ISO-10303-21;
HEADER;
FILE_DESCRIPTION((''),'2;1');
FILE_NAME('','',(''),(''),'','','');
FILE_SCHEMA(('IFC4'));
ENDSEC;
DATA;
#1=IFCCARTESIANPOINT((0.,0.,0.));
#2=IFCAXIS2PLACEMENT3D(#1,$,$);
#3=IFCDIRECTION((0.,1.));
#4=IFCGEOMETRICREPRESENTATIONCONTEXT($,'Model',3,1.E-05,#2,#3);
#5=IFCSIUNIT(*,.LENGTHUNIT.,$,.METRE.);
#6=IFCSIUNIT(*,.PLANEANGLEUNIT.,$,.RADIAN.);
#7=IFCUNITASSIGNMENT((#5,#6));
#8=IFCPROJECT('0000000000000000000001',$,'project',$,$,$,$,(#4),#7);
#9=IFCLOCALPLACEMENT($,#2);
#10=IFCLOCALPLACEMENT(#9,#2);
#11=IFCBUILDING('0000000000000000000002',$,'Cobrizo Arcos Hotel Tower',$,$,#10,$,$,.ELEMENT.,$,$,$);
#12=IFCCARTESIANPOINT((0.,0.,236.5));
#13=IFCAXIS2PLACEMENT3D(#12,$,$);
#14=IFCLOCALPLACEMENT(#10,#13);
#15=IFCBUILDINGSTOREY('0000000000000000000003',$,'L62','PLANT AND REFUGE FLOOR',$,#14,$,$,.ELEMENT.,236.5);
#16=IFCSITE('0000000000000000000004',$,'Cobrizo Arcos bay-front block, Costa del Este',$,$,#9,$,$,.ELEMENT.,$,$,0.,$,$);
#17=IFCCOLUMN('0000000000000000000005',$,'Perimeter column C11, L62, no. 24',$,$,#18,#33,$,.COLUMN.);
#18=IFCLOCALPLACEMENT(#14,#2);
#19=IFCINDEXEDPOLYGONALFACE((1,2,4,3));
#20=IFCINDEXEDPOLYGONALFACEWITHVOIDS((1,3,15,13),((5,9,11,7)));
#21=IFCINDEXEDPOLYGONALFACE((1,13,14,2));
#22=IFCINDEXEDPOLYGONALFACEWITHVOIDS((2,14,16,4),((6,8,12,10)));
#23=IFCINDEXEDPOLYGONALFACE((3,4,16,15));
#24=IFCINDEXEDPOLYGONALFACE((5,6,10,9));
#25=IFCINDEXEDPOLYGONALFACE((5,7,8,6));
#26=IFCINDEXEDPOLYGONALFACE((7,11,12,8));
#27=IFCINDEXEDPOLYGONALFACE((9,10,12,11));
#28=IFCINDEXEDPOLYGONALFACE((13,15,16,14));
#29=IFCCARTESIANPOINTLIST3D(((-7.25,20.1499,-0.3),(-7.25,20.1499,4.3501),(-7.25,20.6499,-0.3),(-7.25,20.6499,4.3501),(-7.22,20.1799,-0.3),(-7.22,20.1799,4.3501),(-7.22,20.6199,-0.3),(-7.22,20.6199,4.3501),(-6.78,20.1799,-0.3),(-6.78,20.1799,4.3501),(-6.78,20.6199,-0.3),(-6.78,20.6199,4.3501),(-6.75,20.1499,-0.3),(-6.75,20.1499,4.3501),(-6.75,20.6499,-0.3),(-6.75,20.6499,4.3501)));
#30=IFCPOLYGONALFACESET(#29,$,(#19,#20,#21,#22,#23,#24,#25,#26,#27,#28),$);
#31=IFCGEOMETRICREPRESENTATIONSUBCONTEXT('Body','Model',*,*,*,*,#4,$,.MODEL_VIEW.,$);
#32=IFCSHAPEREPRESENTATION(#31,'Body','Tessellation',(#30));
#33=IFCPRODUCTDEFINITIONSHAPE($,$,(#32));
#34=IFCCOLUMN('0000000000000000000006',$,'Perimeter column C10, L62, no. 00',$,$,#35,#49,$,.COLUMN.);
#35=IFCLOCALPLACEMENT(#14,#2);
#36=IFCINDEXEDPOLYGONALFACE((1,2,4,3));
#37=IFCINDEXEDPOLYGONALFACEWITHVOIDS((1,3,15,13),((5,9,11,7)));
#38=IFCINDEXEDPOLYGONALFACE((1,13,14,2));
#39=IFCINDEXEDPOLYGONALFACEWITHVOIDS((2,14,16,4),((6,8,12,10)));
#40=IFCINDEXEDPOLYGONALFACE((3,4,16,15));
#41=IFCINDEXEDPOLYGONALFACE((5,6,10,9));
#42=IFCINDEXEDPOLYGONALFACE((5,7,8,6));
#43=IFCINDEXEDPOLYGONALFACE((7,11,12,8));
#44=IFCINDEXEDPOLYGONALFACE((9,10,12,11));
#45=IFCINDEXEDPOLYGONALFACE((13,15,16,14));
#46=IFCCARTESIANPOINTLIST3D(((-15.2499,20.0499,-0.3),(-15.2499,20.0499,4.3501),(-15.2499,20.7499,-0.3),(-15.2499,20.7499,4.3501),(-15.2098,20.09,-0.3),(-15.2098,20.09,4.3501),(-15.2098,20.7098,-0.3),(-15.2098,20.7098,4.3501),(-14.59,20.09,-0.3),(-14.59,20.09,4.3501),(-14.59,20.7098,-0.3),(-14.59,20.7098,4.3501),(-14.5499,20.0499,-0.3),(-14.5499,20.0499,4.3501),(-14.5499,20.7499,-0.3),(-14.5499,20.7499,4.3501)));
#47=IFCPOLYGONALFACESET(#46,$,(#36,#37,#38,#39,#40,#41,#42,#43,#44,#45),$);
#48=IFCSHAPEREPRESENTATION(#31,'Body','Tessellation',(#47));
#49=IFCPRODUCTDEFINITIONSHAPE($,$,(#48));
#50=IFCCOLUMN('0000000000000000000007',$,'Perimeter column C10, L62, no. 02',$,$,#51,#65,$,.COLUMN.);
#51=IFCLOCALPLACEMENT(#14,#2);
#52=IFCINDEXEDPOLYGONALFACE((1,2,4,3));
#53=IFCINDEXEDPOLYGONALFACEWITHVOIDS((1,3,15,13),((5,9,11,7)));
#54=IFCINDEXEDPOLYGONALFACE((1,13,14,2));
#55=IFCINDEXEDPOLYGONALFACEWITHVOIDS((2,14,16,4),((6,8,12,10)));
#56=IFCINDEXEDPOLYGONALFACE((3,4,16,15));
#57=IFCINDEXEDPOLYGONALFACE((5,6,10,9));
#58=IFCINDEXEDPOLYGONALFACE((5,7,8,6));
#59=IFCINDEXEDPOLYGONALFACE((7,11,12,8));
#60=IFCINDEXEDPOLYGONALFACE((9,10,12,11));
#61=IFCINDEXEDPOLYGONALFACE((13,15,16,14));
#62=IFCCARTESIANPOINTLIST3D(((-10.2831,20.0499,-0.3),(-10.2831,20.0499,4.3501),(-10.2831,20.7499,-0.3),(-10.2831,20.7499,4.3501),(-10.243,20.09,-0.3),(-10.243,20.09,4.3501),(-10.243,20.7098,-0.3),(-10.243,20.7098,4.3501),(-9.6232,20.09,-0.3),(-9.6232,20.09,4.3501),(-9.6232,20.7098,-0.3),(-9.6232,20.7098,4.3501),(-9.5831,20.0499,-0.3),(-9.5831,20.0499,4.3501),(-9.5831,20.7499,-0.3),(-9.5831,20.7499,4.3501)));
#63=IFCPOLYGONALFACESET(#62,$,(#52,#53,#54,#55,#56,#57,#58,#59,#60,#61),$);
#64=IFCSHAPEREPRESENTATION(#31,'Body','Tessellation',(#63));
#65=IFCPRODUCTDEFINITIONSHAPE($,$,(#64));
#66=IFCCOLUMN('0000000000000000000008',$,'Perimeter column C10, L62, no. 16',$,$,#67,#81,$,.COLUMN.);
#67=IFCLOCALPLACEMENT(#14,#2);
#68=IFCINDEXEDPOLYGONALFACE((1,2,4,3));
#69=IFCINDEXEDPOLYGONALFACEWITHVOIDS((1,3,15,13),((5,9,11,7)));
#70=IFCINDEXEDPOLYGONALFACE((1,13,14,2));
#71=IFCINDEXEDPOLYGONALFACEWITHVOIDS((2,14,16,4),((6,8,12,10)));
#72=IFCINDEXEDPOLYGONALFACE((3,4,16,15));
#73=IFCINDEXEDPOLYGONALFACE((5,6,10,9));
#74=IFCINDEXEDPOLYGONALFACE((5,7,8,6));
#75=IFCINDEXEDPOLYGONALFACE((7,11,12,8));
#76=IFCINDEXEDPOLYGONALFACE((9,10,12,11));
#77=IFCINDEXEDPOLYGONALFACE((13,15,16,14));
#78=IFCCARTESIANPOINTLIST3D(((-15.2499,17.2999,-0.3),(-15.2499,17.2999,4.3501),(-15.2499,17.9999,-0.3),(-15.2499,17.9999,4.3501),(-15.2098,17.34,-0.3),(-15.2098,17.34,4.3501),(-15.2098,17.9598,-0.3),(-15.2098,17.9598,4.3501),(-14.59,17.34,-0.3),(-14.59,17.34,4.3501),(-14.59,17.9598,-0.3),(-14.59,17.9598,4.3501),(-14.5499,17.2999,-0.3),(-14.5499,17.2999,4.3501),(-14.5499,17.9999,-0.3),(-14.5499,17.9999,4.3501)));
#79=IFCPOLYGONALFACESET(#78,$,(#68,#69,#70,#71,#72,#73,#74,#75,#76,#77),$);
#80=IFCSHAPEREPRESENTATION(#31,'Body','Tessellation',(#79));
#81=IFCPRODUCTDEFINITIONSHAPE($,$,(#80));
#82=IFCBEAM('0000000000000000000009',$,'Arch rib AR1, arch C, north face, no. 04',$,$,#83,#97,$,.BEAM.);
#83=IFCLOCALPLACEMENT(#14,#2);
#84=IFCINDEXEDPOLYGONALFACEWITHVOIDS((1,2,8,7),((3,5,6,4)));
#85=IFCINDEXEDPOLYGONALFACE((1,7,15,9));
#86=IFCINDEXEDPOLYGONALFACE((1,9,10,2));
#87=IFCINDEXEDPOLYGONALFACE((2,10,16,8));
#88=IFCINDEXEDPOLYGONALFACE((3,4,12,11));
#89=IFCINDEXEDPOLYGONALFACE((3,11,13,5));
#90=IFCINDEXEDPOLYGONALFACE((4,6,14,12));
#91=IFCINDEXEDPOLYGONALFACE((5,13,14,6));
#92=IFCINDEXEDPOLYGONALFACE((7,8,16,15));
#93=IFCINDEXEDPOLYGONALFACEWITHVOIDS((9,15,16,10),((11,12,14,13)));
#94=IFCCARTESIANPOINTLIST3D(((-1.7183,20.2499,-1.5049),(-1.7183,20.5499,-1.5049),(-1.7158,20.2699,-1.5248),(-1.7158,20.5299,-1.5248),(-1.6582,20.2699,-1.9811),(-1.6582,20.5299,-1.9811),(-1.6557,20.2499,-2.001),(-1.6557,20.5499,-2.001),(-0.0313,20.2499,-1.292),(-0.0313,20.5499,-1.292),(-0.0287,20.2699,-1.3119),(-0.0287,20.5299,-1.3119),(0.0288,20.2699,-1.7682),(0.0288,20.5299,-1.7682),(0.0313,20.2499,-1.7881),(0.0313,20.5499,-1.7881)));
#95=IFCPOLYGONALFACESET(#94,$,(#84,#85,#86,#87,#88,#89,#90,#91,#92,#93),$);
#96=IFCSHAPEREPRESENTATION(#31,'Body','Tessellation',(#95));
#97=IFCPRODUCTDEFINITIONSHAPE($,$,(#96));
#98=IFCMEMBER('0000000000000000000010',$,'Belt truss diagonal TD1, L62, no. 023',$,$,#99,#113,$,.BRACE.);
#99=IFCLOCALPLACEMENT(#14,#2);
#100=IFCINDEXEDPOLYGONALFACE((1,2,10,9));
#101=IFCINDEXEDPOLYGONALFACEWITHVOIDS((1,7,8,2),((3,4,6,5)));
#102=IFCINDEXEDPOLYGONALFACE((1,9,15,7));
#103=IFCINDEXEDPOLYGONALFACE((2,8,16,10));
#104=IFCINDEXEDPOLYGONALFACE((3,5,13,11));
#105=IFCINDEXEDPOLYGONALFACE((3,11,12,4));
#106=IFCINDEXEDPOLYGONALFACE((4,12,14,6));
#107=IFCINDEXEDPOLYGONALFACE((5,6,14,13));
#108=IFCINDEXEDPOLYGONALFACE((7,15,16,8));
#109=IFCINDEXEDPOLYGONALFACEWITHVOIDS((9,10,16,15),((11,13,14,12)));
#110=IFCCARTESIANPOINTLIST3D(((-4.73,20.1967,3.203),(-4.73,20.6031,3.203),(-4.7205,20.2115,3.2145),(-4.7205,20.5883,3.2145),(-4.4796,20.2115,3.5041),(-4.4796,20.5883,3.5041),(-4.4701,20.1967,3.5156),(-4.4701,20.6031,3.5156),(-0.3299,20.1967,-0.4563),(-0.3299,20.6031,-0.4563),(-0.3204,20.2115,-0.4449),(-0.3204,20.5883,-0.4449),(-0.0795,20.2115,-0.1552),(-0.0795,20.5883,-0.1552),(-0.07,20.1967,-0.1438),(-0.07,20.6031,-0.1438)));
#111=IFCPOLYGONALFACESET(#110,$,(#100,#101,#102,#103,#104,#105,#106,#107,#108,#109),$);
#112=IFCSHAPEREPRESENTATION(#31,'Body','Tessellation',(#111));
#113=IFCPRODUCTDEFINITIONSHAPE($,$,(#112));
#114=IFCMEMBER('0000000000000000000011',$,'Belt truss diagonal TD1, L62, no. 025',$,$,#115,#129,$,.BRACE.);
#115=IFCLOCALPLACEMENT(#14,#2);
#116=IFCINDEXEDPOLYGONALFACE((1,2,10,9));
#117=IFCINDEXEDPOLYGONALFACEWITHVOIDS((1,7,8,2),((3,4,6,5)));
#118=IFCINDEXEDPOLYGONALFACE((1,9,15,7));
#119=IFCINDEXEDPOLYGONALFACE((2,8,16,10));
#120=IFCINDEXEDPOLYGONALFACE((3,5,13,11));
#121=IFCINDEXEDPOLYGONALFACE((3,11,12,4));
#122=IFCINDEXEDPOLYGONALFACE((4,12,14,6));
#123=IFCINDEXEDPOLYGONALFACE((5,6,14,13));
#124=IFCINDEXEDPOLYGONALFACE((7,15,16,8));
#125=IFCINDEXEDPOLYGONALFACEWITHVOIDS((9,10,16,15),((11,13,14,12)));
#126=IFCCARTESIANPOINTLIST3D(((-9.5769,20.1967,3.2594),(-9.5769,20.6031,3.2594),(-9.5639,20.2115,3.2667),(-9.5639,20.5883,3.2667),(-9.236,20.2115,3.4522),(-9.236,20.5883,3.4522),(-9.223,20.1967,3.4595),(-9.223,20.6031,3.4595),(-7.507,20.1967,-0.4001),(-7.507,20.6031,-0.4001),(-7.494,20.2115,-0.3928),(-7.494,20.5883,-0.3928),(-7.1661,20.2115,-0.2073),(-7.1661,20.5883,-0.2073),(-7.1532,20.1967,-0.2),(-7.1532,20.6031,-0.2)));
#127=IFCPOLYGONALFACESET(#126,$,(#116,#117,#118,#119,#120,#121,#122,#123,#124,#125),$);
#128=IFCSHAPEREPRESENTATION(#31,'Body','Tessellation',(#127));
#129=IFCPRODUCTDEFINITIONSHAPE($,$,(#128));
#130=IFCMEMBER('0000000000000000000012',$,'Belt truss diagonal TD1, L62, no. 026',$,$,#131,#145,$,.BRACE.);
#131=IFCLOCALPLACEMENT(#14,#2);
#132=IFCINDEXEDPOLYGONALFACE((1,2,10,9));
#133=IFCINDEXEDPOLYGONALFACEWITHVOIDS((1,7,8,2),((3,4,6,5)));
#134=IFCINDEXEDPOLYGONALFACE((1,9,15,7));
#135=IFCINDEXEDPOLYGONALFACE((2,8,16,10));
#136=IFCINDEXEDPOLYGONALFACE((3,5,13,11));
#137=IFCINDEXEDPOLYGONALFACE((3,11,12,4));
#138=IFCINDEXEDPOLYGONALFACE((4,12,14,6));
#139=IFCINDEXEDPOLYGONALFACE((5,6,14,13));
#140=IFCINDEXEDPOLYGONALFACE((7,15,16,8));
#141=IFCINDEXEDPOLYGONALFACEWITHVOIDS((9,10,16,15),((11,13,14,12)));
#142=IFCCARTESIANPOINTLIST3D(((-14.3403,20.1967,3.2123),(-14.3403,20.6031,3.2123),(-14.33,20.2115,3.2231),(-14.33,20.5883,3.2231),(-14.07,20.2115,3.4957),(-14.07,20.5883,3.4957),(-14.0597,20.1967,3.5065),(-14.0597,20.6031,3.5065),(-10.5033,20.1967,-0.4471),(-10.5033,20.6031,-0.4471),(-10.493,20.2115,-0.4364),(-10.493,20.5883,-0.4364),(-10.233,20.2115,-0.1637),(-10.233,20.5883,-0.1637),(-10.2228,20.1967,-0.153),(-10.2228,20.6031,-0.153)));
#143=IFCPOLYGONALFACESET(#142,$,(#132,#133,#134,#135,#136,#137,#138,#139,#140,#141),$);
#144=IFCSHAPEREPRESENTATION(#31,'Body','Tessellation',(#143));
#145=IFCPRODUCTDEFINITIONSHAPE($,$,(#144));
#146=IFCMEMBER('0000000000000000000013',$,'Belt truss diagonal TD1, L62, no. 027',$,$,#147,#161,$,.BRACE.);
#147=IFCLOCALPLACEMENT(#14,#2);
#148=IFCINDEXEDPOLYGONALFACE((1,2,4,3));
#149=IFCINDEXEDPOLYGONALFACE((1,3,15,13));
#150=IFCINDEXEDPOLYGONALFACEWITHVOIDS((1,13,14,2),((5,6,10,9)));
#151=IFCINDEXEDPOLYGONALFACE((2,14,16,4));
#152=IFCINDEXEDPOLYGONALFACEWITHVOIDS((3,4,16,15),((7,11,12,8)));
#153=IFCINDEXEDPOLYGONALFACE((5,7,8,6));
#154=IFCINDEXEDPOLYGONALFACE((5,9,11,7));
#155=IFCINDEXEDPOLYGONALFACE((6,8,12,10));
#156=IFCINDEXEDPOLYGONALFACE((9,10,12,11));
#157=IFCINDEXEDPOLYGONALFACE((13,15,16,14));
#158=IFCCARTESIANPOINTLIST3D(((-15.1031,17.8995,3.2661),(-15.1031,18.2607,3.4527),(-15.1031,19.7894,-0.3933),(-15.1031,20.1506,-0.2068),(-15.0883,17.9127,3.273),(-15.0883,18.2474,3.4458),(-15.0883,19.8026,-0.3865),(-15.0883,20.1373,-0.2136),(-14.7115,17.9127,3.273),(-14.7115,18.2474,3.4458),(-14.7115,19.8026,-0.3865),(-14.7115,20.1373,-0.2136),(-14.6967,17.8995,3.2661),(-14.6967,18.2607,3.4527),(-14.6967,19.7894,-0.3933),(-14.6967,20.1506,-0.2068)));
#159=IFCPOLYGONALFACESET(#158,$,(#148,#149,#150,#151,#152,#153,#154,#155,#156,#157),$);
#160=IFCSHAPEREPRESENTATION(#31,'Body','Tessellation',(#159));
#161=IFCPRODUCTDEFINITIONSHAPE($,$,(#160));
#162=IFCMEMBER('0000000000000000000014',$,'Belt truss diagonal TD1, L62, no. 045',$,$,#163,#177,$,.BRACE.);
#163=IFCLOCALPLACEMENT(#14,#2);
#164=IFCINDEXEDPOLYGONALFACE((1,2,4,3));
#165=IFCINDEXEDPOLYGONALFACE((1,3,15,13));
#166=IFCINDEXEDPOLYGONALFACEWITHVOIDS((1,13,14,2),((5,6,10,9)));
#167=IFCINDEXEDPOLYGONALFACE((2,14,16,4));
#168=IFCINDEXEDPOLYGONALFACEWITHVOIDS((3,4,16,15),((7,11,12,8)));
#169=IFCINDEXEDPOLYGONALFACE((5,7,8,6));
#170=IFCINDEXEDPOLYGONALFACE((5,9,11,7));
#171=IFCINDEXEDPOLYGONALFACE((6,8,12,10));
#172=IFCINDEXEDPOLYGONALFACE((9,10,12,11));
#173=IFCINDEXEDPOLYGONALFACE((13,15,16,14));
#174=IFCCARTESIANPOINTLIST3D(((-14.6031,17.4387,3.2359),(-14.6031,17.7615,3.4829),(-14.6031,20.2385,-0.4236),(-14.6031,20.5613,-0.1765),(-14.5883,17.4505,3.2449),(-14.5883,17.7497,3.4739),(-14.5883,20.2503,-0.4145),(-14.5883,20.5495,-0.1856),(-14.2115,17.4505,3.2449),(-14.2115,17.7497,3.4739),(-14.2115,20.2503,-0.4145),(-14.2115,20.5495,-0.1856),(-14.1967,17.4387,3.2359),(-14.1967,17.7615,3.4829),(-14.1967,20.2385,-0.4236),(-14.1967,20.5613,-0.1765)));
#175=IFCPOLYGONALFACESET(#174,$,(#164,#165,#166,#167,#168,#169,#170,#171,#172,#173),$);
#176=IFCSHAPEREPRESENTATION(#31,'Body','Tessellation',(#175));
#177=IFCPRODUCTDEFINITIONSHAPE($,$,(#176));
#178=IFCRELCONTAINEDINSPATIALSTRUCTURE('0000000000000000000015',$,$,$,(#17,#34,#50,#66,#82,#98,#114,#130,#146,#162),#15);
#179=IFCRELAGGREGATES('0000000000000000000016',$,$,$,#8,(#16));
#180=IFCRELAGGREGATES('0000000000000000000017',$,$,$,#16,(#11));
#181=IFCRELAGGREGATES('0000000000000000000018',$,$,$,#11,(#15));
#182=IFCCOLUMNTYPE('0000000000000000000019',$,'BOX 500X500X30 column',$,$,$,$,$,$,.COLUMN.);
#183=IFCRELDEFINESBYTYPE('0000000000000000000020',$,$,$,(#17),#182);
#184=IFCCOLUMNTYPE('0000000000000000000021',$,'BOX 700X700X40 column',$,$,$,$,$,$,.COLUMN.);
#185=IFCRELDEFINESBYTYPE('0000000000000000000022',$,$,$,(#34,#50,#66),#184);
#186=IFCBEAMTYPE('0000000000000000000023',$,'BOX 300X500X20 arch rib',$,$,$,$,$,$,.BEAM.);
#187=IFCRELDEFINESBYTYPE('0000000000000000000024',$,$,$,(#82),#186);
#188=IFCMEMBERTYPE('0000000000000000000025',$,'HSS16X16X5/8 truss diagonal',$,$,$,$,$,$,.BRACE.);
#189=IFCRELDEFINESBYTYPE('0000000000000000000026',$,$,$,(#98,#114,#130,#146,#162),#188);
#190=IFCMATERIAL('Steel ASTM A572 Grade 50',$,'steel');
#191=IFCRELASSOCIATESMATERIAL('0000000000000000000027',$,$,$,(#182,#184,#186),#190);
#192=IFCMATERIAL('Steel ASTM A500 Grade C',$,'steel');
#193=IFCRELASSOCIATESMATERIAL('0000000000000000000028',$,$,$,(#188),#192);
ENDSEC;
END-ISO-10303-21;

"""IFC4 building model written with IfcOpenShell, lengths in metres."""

from ifc_helpers import new_model, si_unit, direction, frame, origin, origin_2d, place, context, subcontext, project, spatial, hollow_rectangle, extrude, material, material_profile, profile_set, type_object, element, save


model = new_model("IFC4")

# Units and contexts
model_context = context("Model", 3, precision=1e-05, world=origin(), true_north=direction((0.0, 1.0)))
body_context = subcontext(model_context, "Body", "Model", "MODEL_VIEW")
ifc_project = project(units=[si_unit("LENGTHUNIT", "METRE"), si_unit("PLANEANGLEUNIT", "RADIAN")], contexts=[model_context])

# Site, building, storey
site_placement = place(None, origin())
site = spatial("IfcSite", under=ifc_project, at=site_placement, Name="Cobrizo Arcos bay-front block, Costa del Este", CompositionType="ELEMENT", RefElevation=0.0)
building_placement = place(site_placement, origin())
building = spatial("IfcBuilding", under=site, at=building_placement, Name="Cobrizo Arcos Hotel Tower", CompositionType="ELEMENT")
storey_placement = place(building_placement, frame((0.0, 0.0, 236.5)))
storey = spatial("IfcBuildingStorey", under=building, at=storey_placement, Name="L62", Description="PLANT AND REFUGE FLOOR", CompositionType="ELEMENT", Elevation=236.5)

# Columns
ifc_material_1 = material(Name="Steel ASTM A572 Grade 50", Category="steel")
ifc_material_profile_1 = material_profile(ifc_material_1, hollow_rectangle(XDim=0.5, YDim=0.5, WallThickness=0.03, at=origin_2d()), Name="BOX 500X500X30")
ifc_profile_set_1 = profile_set([ifc_material_profile_1], Name="Steel ASTM A572 Grade 50")
column_type_1 = type_object("IfcColumnType", Name="BOX 500X500X30 column", PredefinedType="COLUMN", material=ifc_profile_set_1)
column_placement = place(storey_placement, frame((-7.0, 20.3999, -0.3), z_axis=(0.0, 0.0, 1.0), x_axis=(1.0, 0.0, 0.0)))
element("IfcColumn", 1, at=column_placement, inside=storey, type_object=column_type_1, Name="Perimeter column C11, L62, no. 24", PredefinedType="COLUMN", context=body_context, shape_type="SweptSolid", body=[
    extrude(hollow_rectangle(XDim=0.5, YDim=0.5, WallThickness=0.03, at=origin_2d()), origin(), (0.0, 0.0, 1.0), 4.6501),
])
ifc_material_profile_2 = material_profile(ifc_material_1, hollow_rectangle(XDim=0.7, YDim=0.7, WallThickness=0.04, at=origin_2d()), Name="BOX 700X700X40")
ifc_profile_set_2 = profile_set([ifc_material_profile_2], Name="Steel ASTM A572 Grade 50")
column_type_2 = type_object("IfcColumnType", Name="BOX 700X700X40 column", PredefinedType="COLUMN", material=ifc_profile_set_2)
for number, where, z_axis, x_axis, name in (
    (2, (-14.8999, 20.3999, -0.3), (0.0, 0.0, 1.0), (1.0, 0.0, 0.0), "Perimeter column C10, L62, no. 00"),
    (3, (-9.9331, 20.3999, -0.3), (0.0, 0.0, 1.0), (1.0, 0.0, 0.0), "Perimeter column C10, L62, no. 02"),
    (4, (-14.8999, 17.6499, -0.3), (0.0, 0.0, 1.0), (1.0, 0.0, 0.0), "Perimeter column C10, L62, no. 16"),
):
    element("IfcColumn", number, at=place(storey_placement, frame(where, z_axis=z_axis, x_axis=x_axis)), inside=storey, type_object=column_type_2, Name=name, PredefinedType="COLUMN", context=body_context, shape_type="SweptSolid", body=[
        extrude(hollow_rectangle(XDim=0.7, YDim=0.7, WallThickness=0.04, at=origin_2d()), origin(), (0.0, 0.0, 1.0), 4.6501),
    ])

# Beam
ifc_material_profile_3 = material_profile(ifc_material_1, hollow_rectangle(XDim=0.3, YDim=0.5, WallThickness=0.02, at=origin_2d()), Name="BOX 300X500X20")
ifc_profile_set_3 = profile_set([ifc_material_profile_3], Name="Steel ASTM A572 Grade 50")
beam_type = type_object("IfcBeamType", Name="BOX 300X500X20 arch rib", PredefinedType="BEAM", material=ifc_profile_set_3)
beam_placement = place(storey_placement, frame((-1.687, 20.3999, -1.7529), z_axis=(0.992131, 0.0, 0.125201), x_axis=(0.0, 1.0, 0.0)))
element("IfcBeam", 5, at=beam_placement, inside=storey, type_object=beam_type, Name="Arch rib AR1, arch C, north face, no. 04", PredefinedType="BEAM", context=body_context, shape_type="SweptSolid", body=[
    extrude(hollow_rectangle(XDim=0.3, YDim=0.5, WallThickness=0.02, at=origin_2d()), origin(), (0.0, 0.0, 1.0), 1.7004),
])

# Members
ifc_material_2 = material(Name="Steel ASTM A500 Grade C", Category="steel")
ifc_material_profile_4 = material_profile(ifc_material_2, hollow_rectangle(XDim=0.4065, YDim=0.4065, WallThickness=0.0149, at=origin_2d()), Name="HSS16X16X5/8")
ifc_profile_set_4 = profile_set([ifc_material_profile_4], Name="Steel ASTM A500 Grade C")
member_type_1 = type_object("IfcMemberType", Name="HSS16X16X5/8 truss diagonal", PredefinedType="BRACE", material=ifc_profile_set_4)
member_1_placement = place(storey_placement, frame((-0.2, 20.3999, -0.3), z_axis=(-0.768854, 0.0, 0.639425), x_axis=(0.0, -1.0, 0.0)))
element("IfcMember", 6, at=member_1_placement, inside=storey, type_object=member_type_1, Name="Belt truss diagonal TD1, L62, no. 023", PredefinedType="BRACE", context=body_context, shape_type="SweptSolid", body=[
    extrude(hollow_rectangle(XDim=0.4065, YDim=0.4065, WallThickness=0.0149, at=origin_2d()), origin(), (0.0, 0.0, 1.0), 5.7229),
])
member_2_placement = place(storey_placement, frame((-7.3301, 20.3999, -0.3), z_axis=(-0.492319, 0.0, 0.870415), x_axis=(0.0, -1.0, 0.0)))
element("IfcMember", 7, at=member_2_placement, inside=storey, type_object=member_type_1, Name="Belt truss diagonal TD1, L62, no. 025", PredefinedType="BRACE", context=body_context, shape_type="SweptSolid", body=[
    extrude(hollow_rectangle(XDim=0.4065, YDim=0.4065, WallThickness=0.0149, at=origin_2d()), origin(), (0.0, 0.0, 1.0), 4.2043),
])
member_3_placement = place(storey_placement, frame((-10.363, 20.3999, -0.3), z_axis=(-0.723646, 0.0, 0.690171), x_axis=(0.0, -1.0, 0.0)))
element("IfcMember", 8, at=member_3_placement, inside=storey, type_object=member_type_1, Name="Belt truss diagonal TD1, L62, no. 026", PredefinedType="BRACE", context=body_context, shape_type="SweptSolid", body=[
    extrude(hollow_rectangle(XDim=0.4065, YDim=0.4065, WallThickness=0.0149, at=origin_2d()), origin(), (0.0, 0.0, 1.0), 5.3022),
])
member_4_placement = place(storey_placement, frame((-14.8999, 19.97, -0.3), z_axis=(0.0, -0.458865, 0.888506), x_axis=(1.0, 0.0, 0.0)))
element("IfcMember", 9, at=member_4_placement, inside=storey, type_object=member_type_1, Name="Belt truss diagonal TD1, L62, no. 027", PredefinedType="BRACE", context=body_context, shape_type="SweptSolid", body=[
    extrude(hollow_rectangle(XDim=0.4065, YDim=0.4065, WallThickness=0.0149, at=origin_2d()), origin(), (0.0, 0.0, 1.0), 4.1187),
])
member_5_placement = place(storey_placement, frame((-14.3999, 20.3999, -0.3), z_axis=(0.0, -0.607645, 0.794209), x_axis=(1.0, 0.0, 0.0)))
element("IfcMember", 10, at=member_5_placement, inside=storey, type_object=member_type_1, Name="Belt truss diagonal TD1, L62, no. 045", PredefinedType="BRACE", context=body_context, shape_type="SweptSolid", body=[
    extrude(hollow_rectangle(XDim=0.4065, YDim=0.4065, WallThickness=0.0149, at=origin_2d()), origin(), (0.0, 0.0, 1.0), 4.6077),
])

save(model, "model.ifc")
